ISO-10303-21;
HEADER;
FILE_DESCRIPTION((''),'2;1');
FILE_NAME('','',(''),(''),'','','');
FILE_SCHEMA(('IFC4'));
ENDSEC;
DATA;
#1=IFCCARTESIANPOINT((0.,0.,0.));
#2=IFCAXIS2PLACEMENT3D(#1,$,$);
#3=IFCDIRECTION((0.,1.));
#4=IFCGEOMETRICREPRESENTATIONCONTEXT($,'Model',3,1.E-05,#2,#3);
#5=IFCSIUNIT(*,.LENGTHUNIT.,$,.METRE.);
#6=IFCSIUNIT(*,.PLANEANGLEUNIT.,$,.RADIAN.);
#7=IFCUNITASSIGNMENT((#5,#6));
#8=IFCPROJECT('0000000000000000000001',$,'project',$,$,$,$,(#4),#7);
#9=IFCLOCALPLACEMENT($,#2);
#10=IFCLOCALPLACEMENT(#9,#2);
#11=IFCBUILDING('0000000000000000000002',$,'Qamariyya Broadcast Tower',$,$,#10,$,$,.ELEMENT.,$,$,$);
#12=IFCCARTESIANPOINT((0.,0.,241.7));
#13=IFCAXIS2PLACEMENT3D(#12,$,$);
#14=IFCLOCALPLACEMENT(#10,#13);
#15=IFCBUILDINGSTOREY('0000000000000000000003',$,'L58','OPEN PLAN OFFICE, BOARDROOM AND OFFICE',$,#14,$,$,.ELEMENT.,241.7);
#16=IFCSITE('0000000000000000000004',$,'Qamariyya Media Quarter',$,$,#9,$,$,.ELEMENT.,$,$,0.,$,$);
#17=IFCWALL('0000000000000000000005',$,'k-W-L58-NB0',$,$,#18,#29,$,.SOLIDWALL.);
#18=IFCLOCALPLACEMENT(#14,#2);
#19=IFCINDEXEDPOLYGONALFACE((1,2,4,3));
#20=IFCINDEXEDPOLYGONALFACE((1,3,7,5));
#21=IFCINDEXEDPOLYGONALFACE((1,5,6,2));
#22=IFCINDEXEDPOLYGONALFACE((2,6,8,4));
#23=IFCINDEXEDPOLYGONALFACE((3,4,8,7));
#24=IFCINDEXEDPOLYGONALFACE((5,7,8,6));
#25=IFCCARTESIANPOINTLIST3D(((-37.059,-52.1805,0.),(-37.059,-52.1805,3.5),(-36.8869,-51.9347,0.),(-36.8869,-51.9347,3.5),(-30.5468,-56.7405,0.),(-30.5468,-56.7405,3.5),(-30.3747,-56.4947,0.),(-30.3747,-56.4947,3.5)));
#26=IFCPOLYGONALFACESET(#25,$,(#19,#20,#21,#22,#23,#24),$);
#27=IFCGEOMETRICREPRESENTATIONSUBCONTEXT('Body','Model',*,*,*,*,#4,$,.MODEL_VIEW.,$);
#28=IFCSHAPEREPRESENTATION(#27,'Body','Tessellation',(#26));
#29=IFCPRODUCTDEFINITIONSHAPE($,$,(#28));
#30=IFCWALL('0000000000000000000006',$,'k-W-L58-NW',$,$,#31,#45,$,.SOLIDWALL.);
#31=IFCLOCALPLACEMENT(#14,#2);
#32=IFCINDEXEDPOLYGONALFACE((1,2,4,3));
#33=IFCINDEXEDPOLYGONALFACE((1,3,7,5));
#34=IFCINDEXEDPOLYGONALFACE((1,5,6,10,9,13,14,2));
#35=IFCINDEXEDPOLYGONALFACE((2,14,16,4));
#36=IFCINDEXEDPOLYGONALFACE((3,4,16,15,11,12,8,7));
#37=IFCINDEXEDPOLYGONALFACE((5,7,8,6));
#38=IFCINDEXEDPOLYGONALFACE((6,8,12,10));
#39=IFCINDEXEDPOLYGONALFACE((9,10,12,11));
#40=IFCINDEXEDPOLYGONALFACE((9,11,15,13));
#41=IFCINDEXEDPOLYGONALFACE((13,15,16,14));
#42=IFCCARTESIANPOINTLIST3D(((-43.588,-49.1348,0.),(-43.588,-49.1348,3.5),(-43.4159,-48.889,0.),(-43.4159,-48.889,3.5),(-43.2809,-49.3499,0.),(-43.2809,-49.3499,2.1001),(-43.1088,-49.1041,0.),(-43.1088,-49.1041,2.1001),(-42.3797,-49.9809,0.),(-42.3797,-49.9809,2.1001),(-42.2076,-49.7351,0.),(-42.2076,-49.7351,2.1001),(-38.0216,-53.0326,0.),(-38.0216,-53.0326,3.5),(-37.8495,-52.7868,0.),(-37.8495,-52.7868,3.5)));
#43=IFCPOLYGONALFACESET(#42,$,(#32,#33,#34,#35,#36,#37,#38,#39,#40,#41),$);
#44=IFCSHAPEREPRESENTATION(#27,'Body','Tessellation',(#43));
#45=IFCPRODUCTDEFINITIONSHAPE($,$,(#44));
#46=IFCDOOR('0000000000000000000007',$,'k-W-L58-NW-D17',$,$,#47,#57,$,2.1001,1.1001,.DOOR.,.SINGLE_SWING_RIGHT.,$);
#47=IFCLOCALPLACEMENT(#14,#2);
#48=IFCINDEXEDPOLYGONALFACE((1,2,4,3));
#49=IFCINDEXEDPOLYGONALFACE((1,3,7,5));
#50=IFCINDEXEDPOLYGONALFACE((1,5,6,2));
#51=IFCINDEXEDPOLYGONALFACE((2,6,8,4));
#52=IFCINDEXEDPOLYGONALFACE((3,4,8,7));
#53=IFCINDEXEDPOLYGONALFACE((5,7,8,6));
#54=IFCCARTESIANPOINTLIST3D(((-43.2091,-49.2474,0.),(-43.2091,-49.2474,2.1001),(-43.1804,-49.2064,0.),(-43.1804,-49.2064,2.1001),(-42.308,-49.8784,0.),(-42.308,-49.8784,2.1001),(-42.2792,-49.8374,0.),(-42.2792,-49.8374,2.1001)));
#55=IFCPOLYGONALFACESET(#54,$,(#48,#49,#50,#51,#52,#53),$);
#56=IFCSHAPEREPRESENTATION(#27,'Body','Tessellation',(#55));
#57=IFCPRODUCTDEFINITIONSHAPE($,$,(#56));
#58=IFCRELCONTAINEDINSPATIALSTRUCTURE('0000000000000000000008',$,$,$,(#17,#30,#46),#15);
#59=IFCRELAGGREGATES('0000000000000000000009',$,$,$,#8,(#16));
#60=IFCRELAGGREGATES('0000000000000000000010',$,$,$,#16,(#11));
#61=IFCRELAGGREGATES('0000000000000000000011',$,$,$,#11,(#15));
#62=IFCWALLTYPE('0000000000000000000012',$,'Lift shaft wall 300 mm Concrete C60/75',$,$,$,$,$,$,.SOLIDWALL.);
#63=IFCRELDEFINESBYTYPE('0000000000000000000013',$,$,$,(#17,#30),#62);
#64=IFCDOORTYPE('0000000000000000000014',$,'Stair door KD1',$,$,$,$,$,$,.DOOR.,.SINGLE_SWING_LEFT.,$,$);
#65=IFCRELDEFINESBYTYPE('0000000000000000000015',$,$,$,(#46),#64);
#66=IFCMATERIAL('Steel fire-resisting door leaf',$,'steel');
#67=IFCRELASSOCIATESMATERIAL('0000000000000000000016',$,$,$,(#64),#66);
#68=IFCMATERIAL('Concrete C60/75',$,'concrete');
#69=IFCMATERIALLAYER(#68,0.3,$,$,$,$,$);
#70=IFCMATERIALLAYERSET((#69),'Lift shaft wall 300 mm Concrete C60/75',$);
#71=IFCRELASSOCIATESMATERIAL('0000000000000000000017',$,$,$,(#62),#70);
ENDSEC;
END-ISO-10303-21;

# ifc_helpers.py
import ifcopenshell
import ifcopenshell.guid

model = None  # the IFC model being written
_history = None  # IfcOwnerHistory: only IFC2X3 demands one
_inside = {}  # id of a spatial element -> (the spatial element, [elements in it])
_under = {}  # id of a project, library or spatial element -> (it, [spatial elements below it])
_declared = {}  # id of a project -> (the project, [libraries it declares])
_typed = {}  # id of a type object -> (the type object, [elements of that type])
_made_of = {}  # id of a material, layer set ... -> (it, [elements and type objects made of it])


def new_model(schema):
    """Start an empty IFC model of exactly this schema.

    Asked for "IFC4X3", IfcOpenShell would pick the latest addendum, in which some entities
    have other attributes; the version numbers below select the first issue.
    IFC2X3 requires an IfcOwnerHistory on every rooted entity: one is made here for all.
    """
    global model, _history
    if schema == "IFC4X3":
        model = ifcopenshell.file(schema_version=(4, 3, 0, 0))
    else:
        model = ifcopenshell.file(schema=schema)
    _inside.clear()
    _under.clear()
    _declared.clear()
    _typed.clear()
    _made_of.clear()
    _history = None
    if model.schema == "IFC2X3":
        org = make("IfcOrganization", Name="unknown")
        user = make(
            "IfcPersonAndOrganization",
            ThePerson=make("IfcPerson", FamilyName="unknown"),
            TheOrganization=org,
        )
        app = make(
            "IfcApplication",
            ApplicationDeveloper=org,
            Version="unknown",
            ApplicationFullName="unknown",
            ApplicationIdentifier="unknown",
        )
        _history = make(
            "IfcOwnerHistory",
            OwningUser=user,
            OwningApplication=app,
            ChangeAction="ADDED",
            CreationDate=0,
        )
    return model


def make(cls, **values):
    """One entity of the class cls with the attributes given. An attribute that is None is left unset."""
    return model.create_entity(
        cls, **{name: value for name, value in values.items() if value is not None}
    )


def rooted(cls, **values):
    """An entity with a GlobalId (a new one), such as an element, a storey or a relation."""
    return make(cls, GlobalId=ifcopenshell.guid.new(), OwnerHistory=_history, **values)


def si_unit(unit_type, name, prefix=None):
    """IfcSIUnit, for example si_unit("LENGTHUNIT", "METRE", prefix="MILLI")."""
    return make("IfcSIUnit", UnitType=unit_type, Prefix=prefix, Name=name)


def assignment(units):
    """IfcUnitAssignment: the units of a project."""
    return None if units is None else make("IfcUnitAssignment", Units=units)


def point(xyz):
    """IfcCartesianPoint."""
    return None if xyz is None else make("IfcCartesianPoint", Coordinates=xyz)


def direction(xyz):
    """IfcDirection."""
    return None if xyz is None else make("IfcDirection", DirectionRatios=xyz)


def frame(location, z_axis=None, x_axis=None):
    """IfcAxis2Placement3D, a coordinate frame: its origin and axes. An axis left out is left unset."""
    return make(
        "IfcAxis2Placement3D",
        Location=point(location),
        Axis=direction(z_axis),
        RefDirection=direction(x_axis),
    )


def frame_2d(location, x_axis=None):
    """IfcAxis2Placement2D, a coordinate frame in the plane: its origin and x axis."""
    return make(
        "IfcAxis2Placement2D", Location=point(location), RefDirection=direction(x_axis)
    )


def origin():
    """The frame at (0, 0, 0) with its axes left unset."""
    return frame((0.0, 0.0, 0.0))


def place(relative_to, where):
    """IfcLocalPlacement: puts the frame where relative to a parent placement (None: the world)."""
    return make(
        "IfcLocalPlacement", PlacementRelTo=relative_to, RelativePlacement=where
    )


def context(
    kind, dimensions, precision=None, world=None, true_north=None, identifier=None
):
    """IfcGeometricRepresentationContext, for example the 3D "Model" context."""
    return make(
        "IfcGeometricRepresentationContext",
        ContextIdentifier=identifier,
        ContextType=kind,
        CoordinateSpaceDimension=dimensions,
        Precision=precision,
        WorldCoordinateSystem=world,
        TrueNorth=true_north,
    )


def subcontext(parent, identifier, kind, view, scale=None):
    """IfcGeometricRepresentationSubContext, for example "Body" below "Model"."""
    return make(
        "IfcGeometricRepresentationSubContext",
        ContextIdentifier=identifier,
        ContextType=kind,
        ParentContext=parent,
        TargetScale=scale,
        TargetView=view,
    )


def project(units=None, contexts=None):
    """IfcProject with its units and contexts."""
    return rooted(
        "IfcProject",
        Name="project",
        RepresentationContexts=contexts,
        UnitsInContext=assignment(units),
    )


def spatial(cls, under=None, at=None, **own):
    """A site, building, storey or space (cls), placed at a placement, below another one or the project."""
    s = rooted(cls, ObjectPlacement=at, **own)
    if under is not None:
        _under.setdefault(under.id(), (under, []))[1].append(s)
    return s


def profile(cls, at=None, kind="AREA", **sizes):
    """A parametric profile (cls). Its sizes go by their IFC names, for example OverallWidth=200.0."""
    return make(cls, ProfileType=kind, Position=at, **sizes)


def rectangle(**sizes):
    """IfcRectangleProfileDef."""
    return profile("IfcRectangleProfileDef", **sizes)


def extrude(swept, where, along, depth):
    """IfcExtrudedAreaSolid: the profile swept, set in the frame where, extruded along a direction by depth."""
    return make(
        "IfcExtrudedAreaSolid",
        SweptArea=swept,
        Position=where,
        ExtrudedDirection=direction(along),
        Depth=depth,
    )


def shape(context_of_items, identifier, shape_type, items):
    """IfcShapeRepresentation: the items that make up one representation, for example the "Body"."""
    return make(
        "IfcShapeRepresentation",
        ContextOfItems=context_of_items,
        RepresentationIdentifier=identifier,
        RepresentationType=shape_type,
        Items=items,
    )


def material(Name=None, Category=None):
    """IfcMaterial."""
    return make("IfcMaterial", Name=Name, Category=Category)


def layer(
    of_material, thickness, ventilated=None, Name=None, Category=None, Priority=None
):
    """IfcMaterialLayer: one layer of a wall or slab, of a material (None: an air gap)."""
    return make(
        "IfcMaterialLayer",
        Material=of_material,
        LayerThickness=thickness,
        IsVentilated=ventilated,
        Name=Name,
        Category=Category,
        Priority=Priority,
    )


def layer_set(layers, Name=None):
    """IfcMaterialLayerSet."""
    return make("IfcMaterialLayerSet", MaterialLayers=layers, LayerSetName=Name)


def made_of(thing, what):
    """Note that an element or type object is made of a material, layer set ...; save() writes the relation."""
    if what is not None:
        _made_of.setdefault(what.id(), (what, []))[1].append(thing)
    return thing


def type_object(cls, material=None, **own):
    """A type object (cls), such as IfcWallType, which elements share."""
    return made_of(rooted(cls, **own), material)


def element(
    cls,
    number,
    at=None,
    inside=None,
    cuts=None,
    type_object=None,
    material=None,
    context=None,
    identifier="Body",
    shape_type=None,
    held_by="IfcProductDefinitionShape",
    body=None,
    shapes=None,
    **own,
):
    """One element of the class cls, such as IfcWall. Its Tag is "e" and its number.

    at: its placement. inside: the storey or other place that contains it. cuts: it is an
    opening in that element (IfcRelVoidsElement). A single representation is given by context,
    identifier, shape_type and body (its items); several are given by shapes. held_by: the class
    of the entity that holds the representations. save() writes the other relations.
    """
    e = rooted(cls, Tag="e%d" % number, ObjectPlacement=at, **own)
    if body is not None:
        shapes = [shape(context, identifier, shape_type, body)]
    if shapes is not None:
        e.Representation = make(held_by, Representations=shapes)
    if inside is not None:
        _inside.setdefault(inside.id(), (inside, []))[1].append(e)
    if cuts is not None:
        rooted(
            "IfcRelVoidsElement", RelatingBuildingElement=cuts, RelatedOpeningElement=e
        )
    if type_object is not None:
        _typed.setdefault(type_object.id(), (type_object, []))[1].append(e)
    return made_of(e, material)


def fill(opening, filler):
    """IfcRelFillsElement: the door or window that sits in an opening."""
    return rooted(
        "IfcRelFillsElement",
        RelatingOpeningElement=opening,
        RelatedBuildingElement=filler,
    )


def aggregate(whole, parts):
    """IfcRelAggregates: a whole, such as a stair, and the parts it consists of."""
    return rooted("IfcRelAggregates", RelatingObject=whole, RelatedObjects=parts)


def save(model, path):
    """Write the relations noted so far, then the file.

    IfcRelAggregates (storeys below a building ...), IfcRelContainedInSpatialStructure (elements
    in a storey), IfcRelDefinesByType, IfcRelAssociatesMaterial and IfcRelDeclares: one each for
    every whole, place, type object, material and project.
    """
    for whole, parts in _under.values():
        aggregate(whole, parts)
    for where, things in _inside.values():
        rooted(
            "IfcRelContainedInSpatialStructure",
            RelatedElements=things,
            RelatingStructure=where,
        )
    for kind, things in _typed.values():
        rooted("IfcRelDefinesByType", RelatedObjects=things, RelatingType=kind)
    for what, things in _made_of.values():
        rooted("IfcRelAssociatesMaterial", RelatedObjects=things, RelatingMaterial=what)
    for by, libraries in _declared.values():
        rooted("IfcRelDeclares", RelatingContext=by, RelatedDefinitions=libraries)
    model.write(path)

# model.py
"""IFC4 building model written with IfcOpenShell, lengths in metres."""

from ifc_helpers import new_model, si_unit, direction, frame, frame_2d, origin, place, context, subcontext, project, spatial, rectangle, extrude, material, layer, layer_set, type_object, element, fill, save


model = new_model("IFC4")

# Units and contexts
model_context = context("Model", 3, precision=1e-05, world=origin(), true_north=direction((0.0, 1.0)))
body_context = subcontext(model_context, "Body", "Model", "MODEL_VIEW")
ifc_project = project(units=[si_unit("LENGTHUNIT", "METRE"), si_unit("PLANEANGLEUNIT", "RADIAN")], contexts=[model_context])

# Site, building, storey
site_placement = place(None, origin())
site = spatial("IfcSite", under=ifc_project, at=site_placement, Name="Qamariyya Media Quarter", CompositionType="ELEMENT", RefElevation=0.0)
building_placement = place(site_placement, origin())
building = spatial("IfcBuilding", under=site, at=building_placement, Name="Qamariyya Broadcast Tower", CompositionType="ELEMENT")
storey_placement = place(building_placement, frame((0.0, 0.0, 241.7)))
storey = spatial("IfcBuildingStorey", under=building, at=storey_placement, Name="L58", Description="OPEN PLAN OFFICE, BOARDROOM AND OFFICE", CompositionType="ELEMENT", Elevation=241.7)

# Shared definitions
ifc_material_1 = material(Name="Concrete C60/75", Category="concrete")

# Shared definitions
ifc_material_2 = material(Name="Steel fire-resisting door leaf", Category="steel")
door_type_1 = type_object("IfcDoorType", Name="Stair door KD1", OperationType="SINGLE_SWING_LEFT", PredefinedType="DOOR", material=ifc_material_2)

# Wall
ifc_layer_1 = layer(ifc_material_1, 0.3)
ifc_layer_set_1 = layer_set([ifc_layer_1], Name="Lift shaft wall 300 mm Concrete C60/75")
wall_type_1 = type_object("IfcWallType", Name="Lift shaft wall 300 mm Concrete C60/75", PredefinedType="SOLIDWALL", material=ifc_layer_set_1)
wall_1_placement = place(storey_placement, frame((-30.4607, -56.6177, 0.0), z_axis=(0.0, 0.0, 1.0), x_axis=(-0.819142, 0.57359, 0.0)))
element("IfcWall", 1, at=wall_1_placement, inside=storey, type_object=wall_type_1, Name="k-W-L58-NB0", PredefinedType="SOLIDWALL", context=body_context, shape_type="SweptSolid", body=[
    extrude(rectangle(XDim=7.95, YDim=0.3, at=frame_2d((3.9751, 0.0))), origin(), (0.0, 0.0, 1.0), 3.5),
])

# Wall, opening, door
wall_2_placement = place(storey_placement, frame((-37.9355, -52.9097, 0.0), z_axis=(0.0, 0.0, 1.0), x_axis=(-0.819148, 0.573583, 0.0)))
wall_2 = element("IfcWall", 2, at=wall_2_placement, inside=storey, type_object=wall_type_1, Name="k-W-L58-NW", PredefinedType="SOLIDWALL", context=body_context, shape_type="SweptSolid", body=[
    extrude(rectangle(XDim=6.7954, YDim=0.3, at=frame_2d((3.3977, 0.0))), origin(), (0.0, 0.0, 1.0), 3.5),
])
opening_1_placement = place(wall_2_placement, frame((5.3203, 0.0, 0.0)))
opening_1 = element("IfcOpeningElement", 3, at=opening_1_placement, cuts=wall_2, PredefinedType="OPENING", context=body_context, shape_type="SweptSolid", body=[
    extrude(rectangle(XDim=1.1001, YDim=2.1001, at=frame_2d((0.55, 1.05))), frame((0.0, 0.1599, 0.0), z_axis=(0.0, -1.0, 0.0), x_axis=(1.0, 0.0, 0.0)), (0.0, 0.0, 1.0), 0.3201),
])
door_1_placement = place(opening_1_placement, origin())
door_1 = element("IfcDoor", 4, at=door_1_placement, inside=storey, type_object=door_type_1, Name="k-W-L58-NW-D17", OperationType="SINGLE_SWING_RIGHT", OverallHeight=2.1001, OverallWidth=1.1001, PredefinedType="DOOR", context=body_context, shape_type="SweptSolid", body=[
    extrude(rectangle(XDim=1.1001, YDim=2.1001, at=frame_2d((0.55, 1.05))), frame((0.0, 0.0249, 0.0), z_axis=(0.0, -1.0, 0.0), x_axis=(1.0, 0.0, 0.0)), (0.0, 0.0, 1.0), 0.05),
])
fill(opening_1, door_1)

save(model, "model.ifc")
